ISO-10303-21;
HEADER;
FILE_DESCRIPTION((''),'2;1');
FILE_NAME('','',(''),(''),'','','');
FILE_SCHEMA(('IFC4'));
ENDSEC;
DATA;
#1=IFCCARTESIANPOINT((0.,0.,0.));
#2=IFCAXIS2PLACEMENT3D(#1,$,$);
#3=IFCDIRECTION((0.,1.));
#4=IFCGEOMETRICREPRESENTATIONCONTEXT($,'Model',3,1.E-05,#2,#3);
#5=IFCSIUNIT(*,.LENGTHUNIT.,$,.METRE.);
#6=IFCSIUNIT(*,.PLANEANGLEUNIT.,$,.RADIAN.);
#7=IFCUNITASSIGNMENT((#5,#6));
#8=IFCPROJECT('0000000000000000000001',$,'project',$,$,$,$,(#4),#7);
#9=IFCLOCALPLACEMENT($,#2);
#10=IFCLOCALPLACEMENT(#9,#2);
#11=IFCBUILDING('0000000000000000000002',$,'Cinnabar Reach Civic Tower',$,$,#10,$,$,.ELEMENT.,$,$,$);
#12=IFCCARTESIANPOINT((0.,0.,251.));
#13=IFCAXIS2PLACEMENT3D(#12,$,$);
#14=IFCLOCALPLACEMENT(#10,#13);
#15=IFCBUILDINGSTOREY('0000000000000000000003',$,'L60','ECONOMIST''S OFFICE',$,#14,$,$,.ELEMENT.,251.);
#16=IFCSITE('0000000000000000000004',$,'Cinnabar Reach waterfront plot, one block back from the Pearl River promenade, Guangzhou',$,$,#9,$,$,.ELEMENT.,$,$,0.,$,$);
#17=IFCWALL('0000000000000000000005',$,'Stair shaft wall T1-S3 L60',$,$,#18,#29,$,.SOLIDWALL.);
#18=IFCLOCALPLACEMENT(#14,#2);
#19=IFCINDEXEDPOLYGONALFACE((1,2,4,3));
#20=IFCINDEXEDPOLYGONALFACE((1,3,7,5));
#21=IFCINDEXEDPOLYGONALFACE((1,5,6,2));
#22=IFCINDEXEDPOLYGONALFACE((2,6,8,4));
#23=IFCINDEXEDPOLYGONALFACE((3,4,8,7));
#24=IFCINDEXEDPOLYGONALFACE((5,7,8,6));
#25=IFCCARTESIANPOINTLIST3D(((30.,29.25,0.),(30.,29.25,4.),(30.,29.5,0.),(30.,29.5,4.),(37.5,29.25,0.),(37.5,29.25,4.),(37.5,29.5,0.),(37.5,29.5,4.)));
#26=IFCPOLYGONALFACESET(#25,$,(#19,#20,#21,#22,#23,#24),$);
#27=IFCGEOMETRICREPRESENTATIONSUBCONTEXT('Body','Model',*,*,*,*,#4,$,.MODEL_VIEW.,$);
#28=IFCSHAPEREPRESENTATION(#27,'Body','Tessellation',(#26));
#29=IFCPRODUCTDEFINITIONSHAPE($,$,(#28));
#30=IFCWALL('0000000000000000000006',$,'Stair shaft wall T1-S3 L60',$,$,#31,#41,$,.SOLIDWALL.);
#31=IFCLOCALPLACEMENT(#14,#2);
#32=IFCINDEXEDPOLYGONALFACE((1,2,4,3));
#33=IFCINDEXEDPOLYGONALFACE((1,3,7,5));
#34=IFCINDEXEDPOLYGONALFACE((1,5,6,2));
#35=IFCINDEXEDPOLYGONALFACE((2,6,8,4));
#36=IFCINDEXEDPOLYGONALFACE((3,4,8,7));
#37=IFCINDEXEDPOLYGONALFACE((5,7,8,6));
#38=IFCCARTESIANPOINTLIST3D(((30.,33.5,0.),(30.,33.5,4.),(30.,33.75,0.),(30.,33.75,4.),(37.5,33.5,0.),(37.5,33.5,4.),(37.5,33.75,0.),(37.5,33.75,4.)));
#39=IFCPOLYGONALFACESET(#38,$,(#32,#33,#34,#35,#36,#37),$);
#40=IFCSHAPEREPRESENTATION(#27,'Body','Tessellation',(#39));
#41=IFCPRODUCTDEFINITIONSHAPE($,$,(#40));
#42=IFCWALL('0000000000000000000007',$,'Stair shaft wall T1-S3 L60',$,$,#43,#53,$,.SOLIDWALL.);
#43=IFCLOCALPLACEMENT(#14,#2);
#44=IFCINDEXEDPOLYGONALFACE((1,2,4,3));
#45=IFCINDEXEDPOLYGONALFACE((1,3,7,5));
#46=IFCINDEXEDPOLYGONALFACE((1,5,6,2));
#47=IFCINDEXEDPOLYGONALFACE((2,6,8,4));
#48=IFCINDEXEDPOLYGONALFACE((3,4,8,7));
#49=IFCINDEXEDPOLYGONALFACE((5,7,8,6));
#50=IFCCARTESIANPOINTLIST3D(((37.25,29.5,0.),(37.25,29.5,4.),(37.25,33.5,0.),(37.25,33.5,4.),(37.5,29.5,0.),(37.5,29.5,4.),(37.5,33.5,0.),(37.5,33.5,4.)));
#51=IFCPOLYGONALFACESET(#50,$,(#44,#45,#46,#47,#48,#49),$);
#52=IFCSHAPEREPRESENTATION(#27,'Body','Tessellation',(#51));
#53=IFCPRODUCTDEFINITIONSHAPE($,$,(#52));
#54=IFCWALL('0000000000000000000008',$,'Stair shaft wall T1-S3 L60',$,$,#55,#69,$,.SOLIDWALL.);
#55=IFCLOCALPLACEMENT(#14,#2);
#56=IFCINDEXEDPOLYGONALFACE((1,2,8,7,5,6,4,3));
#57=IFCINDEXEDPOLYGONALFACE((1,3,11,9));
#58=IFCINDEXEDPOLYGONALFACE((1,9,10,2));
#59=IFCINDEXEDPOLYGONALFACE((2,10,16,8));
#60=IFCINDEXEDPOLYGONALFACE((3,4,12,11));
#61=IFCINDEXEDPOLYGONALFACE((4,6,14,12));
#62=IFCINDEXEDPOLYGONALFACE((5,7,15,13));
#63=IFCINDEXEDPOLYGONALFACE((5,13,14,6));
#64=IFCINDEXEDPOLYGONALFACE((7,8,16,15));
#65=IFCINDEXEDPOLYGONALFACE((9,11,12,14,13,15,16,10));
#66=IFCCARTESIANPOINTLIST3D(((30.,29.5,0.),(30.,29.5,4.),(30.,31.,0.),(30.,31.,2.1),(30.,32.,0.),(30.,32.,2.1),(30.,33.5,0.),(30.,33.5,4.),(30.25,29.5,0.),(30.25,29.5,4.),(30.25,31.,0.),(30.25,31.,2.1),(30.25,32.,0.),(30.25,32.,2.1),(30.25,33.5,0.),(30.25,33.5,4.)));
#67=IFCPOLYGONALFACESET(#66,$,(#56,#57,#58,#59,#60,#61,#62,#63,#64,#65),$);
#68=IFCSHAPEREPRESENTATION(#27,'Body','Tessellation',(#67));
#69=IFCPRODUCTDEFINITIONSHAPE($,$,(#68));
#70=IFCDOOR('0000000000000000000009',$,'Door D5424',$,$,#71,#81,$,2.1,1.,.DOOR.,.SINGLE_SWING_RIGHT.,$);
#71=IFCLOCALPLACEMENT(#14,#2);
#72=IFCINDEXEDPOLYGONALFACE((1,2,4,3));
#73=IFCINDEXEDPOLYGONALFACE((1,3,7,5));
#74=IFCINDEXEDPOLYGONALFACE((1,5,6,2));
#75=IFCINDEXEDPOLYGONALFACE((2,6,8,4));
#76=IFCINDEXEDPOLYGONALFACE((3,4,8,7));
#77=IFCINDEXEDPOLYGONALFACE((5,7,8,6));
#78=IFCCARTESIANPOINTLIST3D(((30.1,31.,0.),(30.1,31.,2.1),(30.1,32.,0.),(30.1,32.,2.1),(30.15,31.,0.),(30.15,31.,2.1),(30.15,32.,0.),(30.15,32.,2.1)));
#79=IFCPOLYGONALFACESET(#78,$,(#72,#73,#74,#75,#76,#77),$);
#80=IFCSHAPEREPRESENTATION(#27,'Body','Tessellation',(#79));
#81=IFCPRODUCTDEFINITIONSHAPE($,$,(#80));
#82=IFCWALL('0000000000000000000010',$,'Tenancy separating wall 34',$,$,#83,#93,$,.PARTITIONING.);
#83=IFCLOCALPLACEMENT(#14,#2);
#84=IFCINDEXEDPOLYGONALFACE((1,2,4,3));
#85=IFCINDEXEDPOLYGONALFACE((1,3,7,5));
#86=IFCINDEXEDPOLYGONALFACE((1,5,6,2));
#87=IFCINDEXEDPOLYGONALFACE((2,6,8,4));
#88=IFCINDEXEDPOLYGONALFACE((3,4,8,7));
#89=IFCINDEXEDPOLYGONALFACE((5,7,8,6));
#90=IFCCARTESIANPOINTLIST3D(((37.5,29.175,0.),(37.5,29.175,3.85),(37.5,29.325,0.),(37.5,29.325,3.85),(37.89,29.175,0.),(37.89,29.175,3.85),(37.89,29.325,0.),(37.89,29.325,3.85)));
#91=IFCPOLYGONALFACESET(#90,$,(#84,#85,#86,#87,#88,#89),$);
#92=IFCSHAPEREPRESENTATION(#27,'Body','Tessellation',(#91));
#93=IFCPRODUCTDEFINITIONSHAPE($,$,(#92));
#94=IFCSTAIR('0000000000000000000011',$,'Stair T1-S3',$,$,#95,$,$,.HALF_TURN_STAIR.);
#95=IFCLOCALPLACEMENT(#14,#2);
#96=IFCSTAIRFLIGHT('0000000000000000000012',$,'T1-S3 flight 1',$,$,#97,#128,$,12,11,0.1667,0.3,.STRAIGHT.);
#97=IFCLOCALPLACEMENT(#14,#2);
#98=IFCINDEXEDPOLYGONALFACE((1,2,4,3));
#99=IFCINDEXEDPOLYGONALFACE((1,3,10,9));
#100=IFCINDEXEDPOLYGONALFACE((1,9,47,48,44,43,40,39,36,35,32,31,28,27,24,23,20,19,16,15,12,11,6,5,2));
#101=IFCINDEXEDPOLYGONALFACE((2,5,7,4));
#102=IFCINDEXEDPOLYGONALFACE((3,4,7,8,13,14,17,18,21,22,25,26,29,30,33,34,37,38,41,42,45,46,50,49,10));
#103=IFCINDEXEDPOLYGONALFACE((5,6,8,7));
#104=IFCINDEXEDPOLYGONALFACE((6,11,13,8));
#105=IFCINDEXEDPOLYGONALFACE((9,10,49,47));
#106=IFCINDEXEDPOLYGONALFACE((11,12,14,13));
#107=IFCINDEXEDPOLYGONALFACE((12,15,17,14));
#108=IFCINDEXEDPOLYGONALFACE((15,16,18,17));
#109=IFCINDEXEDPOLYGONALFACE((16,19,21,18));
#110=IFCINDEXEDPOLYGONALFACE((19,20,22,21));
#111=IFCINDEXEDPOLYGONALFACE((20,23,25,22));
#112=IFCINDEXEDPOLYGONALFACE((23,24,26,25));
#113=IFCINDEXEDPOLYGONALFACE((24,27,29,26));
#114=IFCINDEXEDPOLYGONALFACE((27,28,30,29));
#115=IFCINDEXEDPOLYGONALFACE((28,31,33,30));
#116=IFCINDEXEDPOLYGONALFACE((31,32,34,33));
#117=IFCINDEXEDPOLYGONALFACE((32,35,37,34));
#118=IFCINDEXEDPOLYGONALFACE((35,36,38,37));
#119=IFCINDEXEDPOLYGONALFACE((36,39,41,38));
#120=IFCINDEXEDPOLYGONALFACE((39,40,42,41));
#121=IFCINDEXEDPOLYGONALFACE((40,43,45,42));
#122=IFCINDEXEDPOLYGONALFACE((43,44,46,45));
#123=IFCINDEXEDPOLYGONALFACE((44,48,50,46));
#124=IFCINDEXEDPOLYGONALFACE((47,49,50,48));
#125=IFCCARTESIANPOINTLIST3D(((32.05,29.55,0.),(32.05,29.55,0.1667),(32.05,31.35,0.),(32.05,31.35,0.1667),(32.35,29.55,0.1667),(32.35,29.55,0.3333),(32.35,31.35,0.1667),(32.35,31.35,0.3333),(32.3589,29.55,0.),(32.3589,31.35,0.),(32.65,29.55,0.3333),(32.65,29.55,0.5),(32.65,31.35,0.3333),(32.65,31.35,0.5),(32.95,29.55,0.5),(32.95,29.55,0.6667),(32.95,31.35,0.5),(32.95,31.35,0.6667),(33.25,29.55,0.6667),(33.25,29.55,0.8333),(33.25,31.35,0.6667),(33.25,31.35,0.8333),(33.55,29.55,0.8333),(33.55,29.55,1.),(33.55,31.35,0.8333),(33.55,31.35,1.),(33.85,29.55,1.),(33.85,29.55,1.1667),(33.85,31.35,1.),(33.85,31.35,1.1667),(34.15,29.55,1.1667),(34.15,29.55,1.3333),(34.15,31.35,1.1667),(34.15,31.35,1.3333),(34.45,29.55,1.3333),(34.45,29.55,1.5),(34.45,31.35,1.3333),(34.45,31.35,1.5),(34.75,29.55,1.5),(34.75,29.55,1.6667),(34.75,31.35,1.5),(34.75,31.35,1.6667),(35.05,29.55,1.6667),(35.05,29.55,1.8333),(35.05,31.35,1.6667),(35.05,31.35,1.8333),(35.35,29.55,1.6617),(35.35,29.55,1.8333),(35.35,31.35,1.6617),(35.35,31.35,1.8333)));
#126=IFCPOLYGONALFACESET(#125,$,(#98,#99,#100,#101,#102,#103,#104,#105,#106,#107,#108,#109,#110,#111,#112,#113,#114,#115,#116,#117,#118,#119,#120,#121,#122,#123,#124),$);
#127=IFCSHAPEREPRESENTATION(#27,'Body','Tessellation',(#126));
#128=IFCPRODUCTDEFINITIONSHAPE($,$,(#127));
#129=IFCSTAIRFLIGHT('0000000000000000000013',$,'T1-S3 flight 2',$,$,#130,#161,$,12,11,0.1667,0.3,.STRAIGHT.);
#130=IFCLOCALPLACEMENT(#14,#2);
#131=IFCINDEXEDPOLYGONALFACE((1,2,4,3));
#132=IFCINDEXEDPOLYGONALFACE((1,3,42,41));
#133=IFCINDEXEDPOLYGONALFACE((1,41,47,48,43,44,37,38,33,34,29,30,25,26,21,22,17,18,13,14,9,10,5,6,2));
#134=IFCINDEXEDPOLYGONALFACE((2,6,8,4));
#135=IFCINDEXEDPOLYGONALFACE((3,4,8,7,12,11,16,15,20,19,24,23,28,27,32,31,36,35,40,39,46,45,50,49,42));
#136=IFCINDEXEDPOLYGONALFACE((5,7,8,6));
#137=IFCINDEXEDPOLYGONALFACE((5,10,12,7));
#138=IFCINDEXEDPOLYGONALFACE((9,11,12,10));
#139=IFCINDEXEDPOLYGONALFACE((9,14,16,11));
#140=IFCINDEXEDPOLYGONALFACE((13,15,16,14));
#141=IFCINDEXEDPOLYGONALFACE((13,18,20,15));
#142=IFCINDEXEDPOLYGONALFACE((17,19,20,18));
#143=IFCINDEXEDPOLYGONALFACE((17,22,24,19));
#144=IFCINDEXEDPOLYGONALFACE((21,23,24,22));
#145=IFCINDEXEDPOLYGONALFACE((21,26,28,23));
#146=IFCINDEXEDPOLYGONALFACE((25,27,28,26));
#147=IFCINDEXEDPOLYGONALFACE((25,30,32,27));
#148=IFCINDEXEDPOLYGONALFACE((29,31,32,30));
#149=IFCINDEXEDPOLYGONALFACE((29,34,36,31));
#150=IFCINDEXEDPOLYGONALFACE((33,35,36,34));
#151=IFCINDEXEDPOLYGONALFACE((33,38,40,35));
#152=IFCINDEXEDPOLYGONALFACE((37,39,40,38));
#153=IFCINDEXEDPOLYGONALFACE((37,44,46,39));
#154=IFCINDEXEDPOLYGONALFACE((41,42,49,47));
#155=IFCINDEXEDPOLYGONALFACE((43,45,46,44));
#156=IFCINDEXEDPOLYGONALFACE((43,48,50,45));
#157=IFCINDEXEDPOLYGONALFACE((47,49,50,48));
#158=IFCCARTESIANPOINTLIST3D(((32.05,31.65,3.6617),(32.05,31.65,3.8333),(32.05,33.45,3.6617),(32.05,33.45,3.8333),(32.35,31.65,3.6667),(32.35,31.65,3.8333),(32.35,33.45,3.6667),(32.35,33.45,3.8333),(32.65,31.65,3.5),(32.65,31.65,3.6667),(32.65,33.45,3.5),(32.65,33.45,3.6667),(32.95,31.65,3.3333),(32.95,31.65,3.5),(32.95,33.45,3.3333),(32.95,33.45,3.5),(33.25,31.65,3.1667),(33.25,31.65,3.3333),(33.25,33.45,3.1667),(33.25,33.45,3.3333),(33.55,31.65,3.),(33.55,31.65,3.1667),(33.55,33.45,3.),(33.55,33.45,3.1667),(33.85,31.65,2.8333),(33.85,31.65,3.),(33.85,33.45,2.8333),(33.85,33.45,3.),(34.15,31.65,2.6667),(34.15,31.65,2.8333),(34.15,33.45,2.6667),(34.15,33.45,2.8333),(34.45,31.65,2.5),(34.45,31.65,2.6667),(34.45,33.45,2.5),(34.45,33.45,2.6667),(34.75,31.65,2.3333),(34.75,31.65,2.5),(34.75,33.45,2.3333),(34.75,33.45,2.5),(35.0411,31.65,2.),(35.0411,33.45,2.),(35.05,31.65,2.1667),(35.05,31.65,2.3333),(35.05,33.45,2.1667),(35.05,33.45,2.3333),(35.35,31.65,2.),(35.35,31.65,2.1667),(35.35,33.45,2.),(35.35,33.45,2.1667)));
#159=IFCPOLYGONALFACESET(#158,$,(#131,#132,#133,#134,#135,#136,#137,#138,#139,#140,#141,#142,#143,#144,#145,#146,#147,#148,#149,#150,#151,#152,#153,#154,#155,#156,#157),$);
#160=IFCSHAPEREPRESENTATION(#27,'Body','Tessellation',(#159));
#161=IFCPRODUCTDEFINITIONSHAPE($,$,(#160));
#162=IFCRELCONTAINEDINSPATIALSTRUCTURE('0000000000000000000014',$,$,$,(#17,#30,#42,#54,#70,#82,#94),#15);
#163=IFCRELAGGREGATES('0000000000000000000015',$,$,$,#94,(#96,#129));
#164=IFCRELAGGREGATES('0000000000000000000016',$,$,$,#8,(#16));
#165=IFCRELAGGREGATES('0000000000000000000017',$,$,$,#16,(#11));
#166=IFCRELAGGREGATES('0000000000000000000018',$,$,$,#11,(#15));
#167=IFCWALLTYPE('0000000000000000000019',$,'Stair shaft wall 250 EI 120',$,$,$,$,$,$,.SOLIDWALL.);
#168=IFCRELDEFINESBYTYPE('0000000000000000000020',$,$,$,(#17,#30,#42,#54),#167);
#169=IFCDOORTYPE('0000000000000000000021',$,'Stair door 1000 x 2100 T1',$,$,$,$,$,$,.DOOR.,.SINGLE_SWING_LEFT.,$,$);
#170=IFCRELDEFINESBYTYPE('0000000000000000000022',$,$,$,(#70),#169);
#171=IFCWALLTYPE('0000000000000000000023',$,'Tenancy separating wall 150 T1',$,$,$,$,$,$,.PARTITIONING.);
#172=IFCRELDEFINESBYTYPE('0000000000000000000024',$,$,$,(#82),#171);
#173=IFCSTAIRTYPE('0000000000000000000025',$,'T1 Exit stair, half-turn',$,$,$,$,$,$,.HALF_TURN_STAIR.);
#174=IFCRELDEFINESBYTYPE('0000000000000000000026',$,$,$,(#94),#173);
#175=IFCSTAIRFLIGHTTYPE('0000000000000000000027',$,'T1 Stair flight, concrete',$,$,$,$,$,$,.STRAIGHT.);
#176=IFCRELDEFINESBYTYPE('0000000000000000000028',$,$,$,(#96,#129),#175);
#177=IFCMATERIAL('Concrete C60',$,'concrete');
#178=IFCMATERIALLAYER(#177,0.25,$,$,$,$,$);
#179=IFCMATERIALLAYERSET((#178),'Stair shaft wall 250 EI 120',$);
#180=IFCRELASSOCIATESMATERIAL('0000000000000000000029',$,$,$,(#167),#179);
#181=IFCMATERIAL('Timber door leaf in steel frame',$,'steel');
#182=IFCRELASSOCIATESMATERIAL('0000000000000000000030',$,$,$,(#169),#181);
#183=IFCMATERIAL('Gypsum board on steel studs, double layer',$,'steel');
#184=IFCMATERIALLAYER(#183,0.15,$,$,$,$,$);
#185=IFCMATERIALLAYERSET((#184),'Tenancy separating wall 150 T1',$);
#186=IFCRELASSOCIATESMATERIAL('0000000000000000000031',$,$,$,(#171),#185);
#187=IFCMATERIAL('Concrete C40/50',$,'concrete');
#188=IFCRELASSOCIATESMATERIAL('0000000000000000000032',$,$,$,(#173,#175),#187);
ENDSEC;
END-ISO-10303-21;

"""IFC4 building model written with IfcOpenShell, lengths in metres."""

from ifc_helpers import new_model, si_unit, direction, frame, frame_2d, origin, place, context, subcontext, project, spatial, polyline, rectangle, outline, extrude, material, layer, layer_set, type_object, element, fill, aggregate, save


model = new_model("IFC4")

# Units and contexts
model_context = context("Model", 3, precision=1e-05, world=origin(), true_north=direction((0.0, 1.0)))
body_context = subcontext(model_context, "Body", "Model", "MODEL_VIEW")
ifc_project = project(units=[si_unit("LENGTHUNIT", "METRE"), si_unit("PLANEANGLEUNIT", "RADIAN")], contexts=[model_context])

# Site, building, storey
site_placement = place(None, origin())
site = spatial("IfcSite", under=ifc_project, at=site_placement, Name="Cinnabar Reach waterfront plot, one block back from the Pearl River promenade, Guangzhou", CompositionType="ELEMENT", RefElevation=0.0)
building_placement = place(site_placement, origin())
building = spatial("IfcBuilding", under=site, at=building_placement, Name="Cinnabar Reach Civic Tower", CompositionType="ELEMENT")
storey_placement = place(building_placement, frame((0.0, 0.0, 251.0)))
storey = spatial("IfcBuildingStorey", under=building, at=storey_placement, Name="L60", Description="ECONOMIST'S OFFICE", CompositionType="ELEMENT", Elevation=251.0)

# Shared definitions
ifc_material_1 = material(Name="Concrete C60", Category="concrete")

# Walls
ifc_material_2 = material(Name="Gypsum board on steel studs, double layer", Category="steel")
ifc_layer_1 = layer(ifc_material_1, 0.25)
ifc_layer_set_1 = layer_set([ifc_layer_1], Name="Stair shaft wall 250 EI 120")
wall_type_1 = type_object("IfcWallType", Name="Stair shaft wall 250 EI 120", PredefinedType="SOLIDWALL", material=ifc_layer_set_1)
for number, where, z_axis, x_axis, name in (
    (1, (30.0, 29.375, 0.0), (0.0, 0.0, 1.0), (1.0, 0.0, 0.0), "Stair shaft wall T1-S3 L60"),
    (2, (37.5, 33.625, 0.0), (0.0, 0.0, 1.0), (-1.0, 0.0, 0.0), "Stair shaft wall T1-S3 L60"),
):
    element("IfcWall", number, at=place(storey_placement, frame(where, z_axis=z_axis, x_axis=x_axis)), inside=storey, type_object=wall_type_1, Name=name, PredefinedType="SOLIDWALL", context=body_context, shape_type="SweptSolid", body=[
        extrude(rectangle(XDim=7.5, YDim=0.25, at=frame_2d((3.75, 0.0))), origin(), (0.0, 0.0, 1.0), 4.0),
    ])
wall_1_placement = place(storey_placement, frame((37.375, 29.5, 0.0), z_axis=(0.0, 0.0, 1.0), x_axis=(0.0, 1.0, 0.0)))
element("IfcWall", 3, at=wall_1_placement, inside=storey, type_object=wall_type_1, Name="Stair shaft wall T1-S3 L60", PredefinedType="SOLIDWALL", context=body_context, shape_type="SweptSolid", body=[
    extrude(rectangle(XDim=4.0, YDim=0.25, at=frame_2d((2.0, 0.0))), origin(), (0.0, 0.0, 1.0), 4.0),
])

# Wall, opening, door
wall_2_placement = place(storey_placement, frame((30.125, 33.5, 0.0), z_axis=(0.0, 0.0, 1.0), x_axis=(0.0, -1.0, 0.0)))
wall_2 = element("IfcWall", 4, at=wall_2_placement, inside=storey, type_object=wall_type_1, Name="Stair shaft wall T1-S3 L60", PredefinedType="SOLIDWALL", context=body_context, shape_type="SweptSolid", body=[
    extrude(rectangle(XDim=4.0, YDim=0.25, at=frame_2d((2.0, 0.0))), origin(), (0.0, 0.0, 1.0), 4.0),
])
opening_1_placement = place(wall_2_placement, frame((1.5, 0.0, 0.0)))
opening_1 = element("IfcOpeningElement", 5, at=opening_1_placement, cuts=wall_2, PredefinedType="OPENING", context=body_context, shape_type="SweptSolid", body=[
    extrude(rectangle(XDim=1.0, YDim=2.1, at=frame_2d((0.5, 1.05))), frame((0.0, 0.135, 0.0), z_axis=(0.0, -1.0, 0.0), x_axis=(1.0, 0.0, 0.0)), (0.0, 0.0, 1.0), 0.27),
])
ifc_material_3 = material(Name="Timber door leaf in steel frame", Category="steel")
door_type = type_object("IfcDoorType", Name="Stair door 1000 x 2100 T1", OperationType="SINGLE_SWING_LEFT", PredefinedType="DOOR", material=ifc_material_3)
door_placement = place(opening_1_placement, origin())
door = element("IfcDoor", 6, at=door_placement, inside=storey, type_object=door_type, Name="Door D5424", OperationType="SINGLE_SWING_RIGHT", OverallHeight=2.1, OverallWidth=1.0, PredefinedType="DOOR", context=body_context, shape_type="SweptSolid", body=[
    extrude(rectangle(XDim=1.0, YDim=2.1, at=frame_2d((0.5, 1.05))), frame((0.0, 0.025, 0.0), z_axis=(0.0, -1.0, 0.0), x_axis=(1.0, 0.0, 0.0)), (0.0, 0.0, 1.0), 0.05),
])
fill(opening_1, door)

# Wall
ifc_layer_2 = layer(ifc_material_2, 0.15)
ifc_layer_set_2 = layer_set([ifc_layer_2], Name="Tenancy separating wall 150 T1")
wall_type_2 = type_object("IfcWallType", Name="Tenancy separating wall 150 T1", PredefinedType="PARTITIONING", material=ifc_layer_set_2)
wall_3_placement = place(storey_placement, frame((37.5, 29.25, 0.0), z_axis=(0.0, 0.0, 1.0), x_axis=(1.0, 0.0, 0.0)))
element("IfcWall", 7, at=wall_3_placement, inside=storey, type_object=wall_type_2, Name="Tenancy separating wall 34", PredefinedType="PARTITIONING", context=body_context, shape_type="SweptSolid", body=[
    extrude(rectangle(XDim=0.39, YDim=0.15, at=frame_2d((0.195, 0.0))), origin(), (0.0, 0.0, 1.0), 3.85),
])

# Stair, stair flights
ifc_material_4 = material(Name="Concrete C40/50", Category="concrete")
stair_type = type_object("IfcStairType", Name="T1 Exit stair, half-turn", PredefinedType="HALF_TURN_STAIR", material=ifc_material_4)
stair_placement = place(storey_placement, origin())
stair = element("IfcStair", 8, at=stair_placement, inside=storey, type_object=stair_type, Name="Stair T1-S3", PredefinedType="HALF_TURN_STAIR")
stair_flight_type = type_object("IfcStairFlightType", Name="T1 Stair flight, concrete", PredefinedType="STRAIGHT", material=ifc_material_4)
stair_flight_1_placement = place(storey_placement, frame((32.05, 30.45, 0.0), z_axis=(0.0, 0.0, 1.0), x_axis=(1.0, 0.0, 0.0)))
stair_flight_1 = element("IfcStairFlight", 9, at=stair_flight_1_placement, type_object=stair_flight_type, Name="T1-S3 flight 1", NumberOfRisers=12, NumberOfTreads=11, PredefinedType="STRAIGHT", RiserHeight=0.1667, TreadLength=0.3, context=body_context, shape_type="SweptSolid", body=[
    extrude(outline(polyline([(0.0, 0.0), (0.0, 0.1667), (0.3, 0.1667), (0.3, 0.3333), (0.6, 0.3333), (0.6, 0.5), (0.9, 0.5), (0.9, 0.6667), (1.2, 0.6667), (1.2, 0.8333), (1.5, 0.8333), (1.5, 1.0), (1.8, 1.0), (1.8, 1.1667), (2.1, 1.1667), (2.1, 1.3333), (2.4, 1.3333), (2.4, 1.5), (2.7, 1.5), (2.7, 1.6667), (3.0, 1.6667), (3.0, 1.8333), (3.3, 1.8333), (3.3, 2.0), (3.3, 1.6617), (0.3089, 0.0), (0.0, 0.0)])), frame((0.0, 0.9, 0.0), z_axis=(0.0, -1.0, 0.0), x_axis=(1.0, 0.0, 0.0)), (0.0, 0.0, 1.0), 1.8),
])
stair_flight_2_placement = place(storey_placement, frame((35.35, 32.55, 2.0), z_axis=(0.0, 0.0, 1.0), x_axis=(-1.0, 0.0, 0.0)))
stair_flight_2 = element("IfcStairFlight", 10, at=stair_flight_2_placement, type_object=stair_flight_type, Name="T1-S3 flight 2", NumberOfRisers=12, NumberOfTreads=11, PredefinedType="STRAIGHT", RiserHeight=0.1667, TreadLength=0.3, context=body_context, shape_type="SweptSolid", body=[
    extrude(outline(polyline([(0.0, 0.0), (0.0, 0.1667), (0.3, 0.1667), (0.3, 0.3333), (0.6, 0.3333), (0.6, 0.5), (0.9, 0.5), (0.9, 0.6667), (1.2, 0.6667), (1.2, 0.8333), (1.5, 0.8333), (1.5, 1.0), (1.8, 1.0), (1.8, 1.1667), (2.1, 1.1667), (2.1, 1.3333), (2.4, 1.3333), (2.4, 1.5), (2.7, 1.5), (2.7, 1.6667), (3.0, 1.6667), (3.0, 1.8333), (3.3, 1.8333), (3.3, 2.0), (3.3, 1.6617), (0.3089, 0.0), (0.0, 0.0)])), frame((0.0, 0.9, 0.0), z_axis=(0.0, -1.0, 0.0), x_axis=(1.0, 0.0, 0.0)), (0.0, 0.0, 1.0), 1.8),
])
aggregate(stair, [stair_flight_1, stair_flight_2])

save(model, "model.ifc")
